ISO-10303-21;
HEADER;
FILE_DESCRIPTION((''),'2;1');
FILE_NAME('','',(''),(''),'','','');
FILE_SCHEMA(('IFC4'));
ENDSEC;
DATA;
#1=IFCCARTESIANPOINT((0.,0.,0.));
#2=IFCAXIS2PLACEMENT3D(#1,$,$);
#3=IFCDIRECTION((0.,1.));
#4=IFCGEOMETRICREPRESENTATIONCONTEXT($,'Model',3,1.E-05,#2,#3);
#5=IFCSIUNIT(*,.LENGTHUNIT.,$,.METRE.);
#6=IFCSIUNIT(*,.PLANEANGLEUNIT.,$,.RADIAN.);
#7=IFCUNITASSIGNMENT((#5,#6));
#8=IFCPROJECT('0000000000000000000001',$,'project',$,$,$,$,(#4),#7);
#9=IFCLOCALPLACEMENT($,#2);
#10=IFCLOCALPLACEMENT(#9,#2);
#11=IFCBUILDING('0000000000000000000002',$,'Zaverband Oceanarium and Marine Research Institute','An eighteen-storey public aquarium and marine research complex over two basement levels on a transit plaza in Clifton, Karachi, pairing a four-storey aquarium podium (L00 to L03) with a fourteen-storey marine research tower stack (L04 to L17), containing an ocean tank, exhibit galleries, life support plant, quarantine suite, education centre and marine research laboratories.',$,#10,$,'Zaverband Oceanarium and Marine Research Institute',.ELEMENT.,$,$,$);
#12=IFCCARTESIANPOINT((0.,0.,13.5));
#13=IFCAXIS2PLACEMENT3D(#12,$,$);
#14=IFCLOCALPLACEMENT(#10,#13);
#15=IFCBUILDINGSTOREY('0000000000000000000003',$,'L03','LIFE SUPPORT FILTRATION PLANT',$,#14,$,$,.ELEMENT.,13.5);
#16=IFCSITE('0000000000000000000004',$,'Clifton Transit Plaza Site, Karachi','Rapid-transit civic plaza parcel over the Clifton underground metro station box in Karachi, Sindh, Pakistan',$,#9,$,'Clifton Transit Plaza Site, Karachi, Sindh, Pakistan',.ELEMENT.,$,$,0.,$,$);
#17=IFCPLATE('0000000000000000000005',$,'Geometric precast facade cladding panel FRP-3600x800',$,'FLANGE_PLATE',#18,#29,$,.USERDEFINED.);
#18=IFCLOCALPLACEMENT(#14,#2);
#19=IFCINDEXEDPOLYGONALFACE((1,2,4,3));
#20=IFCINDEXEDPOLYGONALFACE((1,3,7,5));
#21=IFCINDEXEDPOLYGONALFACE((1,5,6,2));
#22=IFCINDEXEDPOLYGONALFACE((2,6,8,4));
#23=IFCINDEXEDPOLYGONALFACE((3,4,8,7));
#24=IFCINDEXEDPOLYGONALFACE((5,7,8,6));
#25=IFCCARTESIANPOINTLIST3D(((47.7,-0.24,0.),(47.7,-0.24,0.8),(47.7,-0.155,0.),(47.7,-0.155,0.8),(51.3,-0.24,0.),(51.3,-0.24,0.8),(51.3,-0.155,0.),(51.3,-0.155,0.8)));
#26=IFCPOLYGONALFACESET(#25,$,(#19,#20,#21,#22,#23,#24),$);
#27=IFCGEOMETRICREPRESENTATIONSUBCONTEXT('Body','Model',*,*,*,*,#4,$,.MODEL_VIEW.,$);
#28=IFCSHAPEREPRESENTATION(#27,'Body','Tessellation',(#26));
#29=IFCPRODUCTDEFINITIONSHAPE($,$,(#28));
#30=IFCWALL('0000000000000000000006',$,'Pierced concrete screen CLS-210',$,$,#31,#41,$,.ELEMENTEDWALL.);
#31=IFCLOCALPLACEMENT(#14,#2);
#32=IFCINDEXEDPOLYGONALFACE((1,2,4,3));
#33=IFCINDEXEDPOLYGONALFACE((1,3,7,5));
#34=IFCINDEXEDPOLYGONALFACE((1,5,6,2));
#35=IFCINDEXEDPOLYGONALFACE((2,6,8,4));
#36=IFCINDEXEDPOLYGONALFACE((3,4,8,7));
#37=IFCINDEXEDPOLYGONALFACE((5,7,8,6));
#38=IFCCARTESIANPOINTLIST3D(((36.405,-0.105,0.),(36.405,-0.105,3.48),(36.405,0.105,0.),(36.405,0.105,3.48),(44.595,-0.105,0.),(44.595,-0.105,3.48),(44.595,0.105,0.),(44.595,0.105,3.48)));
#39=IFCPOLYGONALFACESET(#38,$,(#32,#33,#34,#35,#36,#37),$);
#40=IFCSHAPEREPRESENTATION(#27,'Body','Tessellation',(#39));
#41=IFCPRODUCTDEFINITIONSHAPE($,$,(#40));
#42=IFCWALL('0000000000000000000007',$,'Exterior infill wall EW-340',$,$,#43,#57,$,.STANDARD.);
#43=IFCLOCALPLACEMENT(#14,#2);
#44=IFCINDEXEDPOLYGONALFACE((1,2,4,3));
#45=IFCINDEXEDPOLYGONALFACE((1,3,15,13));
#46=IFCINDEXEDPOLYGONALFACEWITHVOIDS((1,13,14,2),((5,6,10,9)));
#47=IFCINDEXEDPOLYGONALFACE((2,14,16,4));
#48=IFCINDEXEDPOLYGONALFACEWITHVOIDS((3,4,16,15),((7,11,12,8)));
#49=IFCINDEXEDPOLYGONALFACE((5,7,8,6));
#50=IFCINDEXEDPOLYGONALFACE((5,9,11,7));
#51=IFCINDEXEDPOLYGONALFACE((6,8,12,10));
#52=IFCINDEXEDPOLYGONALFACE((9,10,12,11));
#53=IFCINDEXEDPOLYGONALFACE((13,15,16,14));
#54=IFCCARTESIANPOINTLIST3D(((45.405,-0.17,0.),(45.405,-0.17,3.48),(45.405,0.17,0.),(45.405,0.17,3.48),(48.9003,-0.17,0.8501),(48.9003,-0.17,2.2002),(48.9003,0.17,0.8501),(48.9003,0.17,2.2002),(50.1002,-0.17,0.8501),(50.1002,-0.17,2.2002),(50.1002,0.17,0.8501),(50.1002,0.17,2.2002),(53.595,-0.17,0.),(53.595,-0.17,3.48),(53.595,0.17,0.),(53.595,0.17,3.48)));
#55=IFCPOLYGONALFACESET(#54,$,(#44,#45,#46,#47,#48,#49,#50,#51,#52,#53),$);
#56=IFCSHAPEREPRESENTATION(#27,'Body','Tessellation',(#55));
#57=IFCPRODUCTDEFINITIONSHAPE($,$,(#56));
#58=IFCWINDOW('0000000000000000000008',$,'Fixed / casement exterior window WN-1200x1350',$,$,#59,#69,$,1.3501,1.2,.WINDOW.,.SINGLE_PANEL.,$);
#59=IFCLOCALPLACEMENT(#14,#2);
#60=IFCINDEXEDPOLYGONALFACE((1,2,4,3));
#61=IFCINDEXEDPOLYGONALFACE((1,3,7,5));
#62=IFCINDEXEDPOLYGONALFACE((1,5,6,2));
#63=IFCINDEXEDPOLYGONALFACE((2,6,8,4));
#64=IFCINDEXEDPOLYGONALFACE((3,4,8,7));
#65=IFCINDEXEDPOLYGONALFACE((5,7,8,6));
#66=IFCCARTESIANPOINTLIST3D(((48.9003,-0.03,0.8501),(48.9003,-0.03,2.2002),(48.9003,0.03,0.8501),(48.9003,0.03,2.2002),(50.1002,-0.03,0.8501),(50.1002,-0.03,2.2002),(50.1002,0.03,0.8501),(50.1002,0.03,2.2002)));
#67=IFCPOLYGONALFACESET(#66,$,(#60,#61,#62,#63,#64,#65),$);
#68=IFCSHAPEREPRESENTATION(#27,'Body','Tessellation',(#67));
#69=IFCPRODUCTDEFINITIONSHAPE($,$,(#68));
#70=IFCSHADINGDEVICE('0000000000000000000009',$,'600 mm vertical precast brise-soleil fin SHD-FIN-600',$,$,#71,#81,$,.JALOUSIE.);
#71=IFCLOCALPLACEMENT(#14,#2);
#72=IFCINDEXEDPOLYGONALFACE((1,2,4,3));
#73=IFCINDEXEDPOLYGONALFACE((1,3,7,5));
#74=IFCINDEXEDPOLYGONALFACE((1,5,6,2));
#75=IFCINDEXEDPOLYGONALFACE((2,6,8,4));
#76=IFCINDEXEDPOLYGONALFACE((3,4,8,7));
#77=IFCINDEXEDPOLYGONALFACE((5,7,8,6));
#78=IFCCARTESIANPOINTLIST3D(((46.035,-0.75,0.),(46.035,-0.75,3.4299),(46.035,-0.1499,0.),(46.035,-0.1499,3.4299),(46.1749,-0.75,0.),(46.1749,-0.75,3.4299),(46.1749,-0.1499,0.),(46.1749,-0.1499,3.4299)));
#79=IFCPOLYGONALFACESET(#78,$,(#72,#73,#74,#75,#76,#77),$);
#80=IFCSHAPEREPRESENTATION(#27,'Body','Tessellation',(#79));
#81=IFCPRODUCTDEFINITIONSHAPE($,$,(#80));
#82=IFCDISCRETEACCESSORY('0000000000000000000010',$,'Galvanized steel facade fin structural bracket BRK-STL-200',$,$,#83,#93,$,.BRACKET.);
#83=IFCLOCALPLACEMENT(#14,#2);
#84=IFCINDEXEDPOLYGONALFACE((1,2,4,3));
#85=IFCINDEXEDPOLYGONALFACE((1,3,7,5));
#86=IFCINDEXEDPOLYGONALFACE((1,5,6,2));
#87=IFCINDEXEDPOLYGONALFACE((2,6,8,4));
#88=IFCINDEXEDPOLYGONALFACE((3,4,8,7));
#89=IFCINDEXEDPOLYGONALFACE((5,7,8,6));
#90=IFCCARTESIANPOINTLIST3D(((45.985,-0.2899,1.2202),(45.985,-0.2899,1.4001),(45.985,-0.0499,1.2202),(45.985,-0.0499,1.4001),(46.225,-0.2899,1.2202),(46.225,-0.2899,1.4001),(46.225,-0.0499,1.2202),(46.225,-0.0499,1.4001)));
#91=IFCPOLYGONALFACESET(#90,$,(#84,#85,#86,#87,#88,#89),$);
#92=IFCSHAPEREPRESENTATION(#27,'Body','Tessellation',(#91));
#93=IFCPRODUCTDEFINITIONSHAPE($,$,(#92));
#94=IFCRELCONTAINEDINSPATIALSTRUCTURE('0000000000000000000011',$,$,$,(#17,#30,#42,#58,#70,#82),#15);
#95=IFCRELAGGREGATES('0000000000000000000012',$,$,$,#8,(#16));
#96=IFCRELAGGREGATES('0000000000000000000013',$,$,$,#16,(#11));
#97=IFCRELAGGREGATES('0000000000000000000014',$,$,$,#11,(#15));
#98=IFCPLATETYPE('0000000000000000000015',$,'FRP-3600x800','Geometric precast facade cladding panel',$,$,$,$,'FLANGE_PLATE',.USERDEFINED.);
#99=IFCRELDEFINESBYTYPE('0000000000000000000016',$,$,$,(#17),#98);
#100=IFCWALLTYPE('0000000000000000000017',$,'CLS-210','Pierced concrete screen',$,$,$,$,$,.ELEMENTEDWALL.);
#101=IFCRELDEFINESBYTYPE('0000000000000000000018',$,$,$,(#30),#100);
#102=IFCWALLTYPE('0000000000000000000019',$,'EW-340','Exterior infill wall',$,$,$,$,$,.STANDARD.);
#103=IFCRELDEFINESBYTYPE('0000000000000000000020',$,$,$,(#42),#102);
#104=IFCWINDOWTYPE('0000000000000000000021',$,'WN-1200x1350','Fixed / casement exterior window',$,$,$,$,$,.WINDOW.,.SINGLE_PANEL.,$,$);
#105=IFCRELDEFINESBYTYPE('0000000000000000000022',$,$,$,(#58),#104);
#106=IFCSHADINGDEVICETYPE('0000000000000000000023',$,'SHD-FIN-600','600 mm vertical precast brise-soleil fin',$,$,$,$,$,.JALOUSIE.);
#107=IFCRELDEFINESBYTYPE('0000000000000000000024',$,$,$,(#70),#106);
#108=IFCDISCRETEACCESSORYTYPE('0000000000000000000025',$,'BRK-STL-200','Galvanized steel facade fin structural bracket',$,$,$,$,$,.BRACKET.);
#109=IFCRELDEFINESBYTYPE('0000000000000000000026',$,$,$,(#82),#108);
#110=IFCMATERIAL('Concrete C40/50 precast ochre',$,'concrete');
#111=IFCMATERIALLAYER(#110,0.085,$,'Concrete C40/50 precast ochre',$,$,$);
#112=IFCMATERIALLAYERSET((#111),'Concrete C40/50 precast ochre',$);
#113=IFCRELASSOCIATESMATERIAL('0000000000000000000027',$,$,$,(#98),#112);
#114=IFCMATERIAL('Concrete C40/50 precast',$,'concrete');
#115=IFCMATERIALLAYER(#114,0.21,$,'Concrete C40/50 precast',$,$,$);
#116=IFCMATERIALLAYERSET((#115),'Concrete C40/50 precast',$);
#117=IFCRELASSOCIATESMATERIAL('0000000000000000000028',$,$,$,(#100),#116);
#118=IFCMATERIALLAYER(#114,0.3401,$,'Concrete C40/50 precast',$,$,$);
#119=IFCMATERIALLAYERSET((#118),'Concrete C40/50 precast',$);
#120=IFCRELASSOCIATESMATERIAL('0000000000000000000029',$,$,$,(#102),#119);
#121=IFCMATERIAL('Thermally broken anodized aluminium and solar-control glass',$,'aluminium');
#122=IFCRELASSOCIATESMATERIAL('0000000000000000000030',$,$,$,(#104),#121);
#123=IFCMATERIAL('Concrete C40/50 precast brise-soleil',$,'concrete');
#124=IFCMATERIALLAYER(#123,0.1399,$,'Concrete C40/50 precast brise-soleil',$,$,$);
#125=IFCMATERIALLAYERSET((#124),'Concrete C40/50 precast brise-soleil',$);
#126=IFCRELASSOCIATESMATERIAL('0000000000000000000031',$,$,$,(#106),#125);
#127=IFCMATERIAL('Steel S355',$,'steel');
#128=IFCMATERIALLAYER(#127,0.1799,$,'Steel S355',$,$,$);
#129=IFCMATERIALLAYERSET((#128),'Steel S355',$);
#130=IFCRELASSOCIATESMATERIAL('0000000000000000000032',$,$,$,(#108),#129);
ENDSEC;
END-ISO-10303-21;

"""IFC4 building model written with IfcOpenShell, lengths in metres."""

from ifc_helpers import new_model, si_unit, direction, frame, frame_2d, origin, origin_2d, place, context, subcontext, project, spatial, rectangle, extrude, material, layer, layer_set, type_object, element, fill, save


model = new_model("IFC4")

# Units and contexts
model_context = context("Model", 3, precision=1e-05, world=origin(), true_north=direction((0.0, 1.0)))
body_context = subcontext(model_context, "Body", "Model", "MODEL_VIEW")
ifc_project = project(units=[si_unit("LENGTHUNIT", "METRE"), si_unit("PLANEANGLEUNIT", "RADIAN")], contexts=[model_context])

# Site, building, storey
site_placement = place(None, origin())
site = spatial("IfcSite", under=ifc_project, at=site_placement, Name="Clifton Transit Plaza Site, Karachi", Description="Rapid-transit civic plaza parcel over the Clifton underground metro station box in Karachi, Sindh, Pakistan", LongName="Clifton Transit Plaza Site, Karachi, Sindh, Pakistan", CompositionType="ELEMENT", RefElevation=0.0)
building_placement = place(site_placement, origin())
building = spatial("IfcBuilding", under=site, at=building_placement, Name="Zaverband Oceanarium and Marine Research Institute", Description="An eighteen-storey public aquarium and marine research complex over two basement levels on a transit plaza in Clifton, Karachi, pairing a four-storey aquarium podium (L00 to L03) with a fourteen-storey marine research tower stack (L04 to L17), containing an ocean tank, exhibit galleries, life support plant, quarantine suite, education centre and marine research laboratories.", LongName="Zaverband Oceanarium and Marine Research Institute", CompositionType="ELEMENT")
storey_placement = place(building_placement, frame((0.0, 0.0, 13.5)))
storey = spatial("IfcBuildingStorey", under=building, at=storey_placement, Name="L03", Description="LIFE SUPPORT FILTRATION PLANT", CompositionType="ELEMENT", Elevation=13.5)

# Plate
ifc_material_1 = material(Name="Concrete C40/50 precast ochre", Category="concrete")
ifc_layer_1 = layer(ifc_material_1, 0.085, Name="Concrete C40/50 precast ochre")
ifc_layer_set_1 = layer_set([ifc_layer_1], Name="Concrete C40/50 precast ochre")
plate_type = type_object("IfcPlateType", Name="FRP-3600x800", Description="Geometric precast facade cladding panel", ElementType="FLANGE_PLATE", PredefinedType="USERDEFINED", material=ifc_layer_set_1)
plate_placement = place(storey_placement, frame((47.7, -0.1975, 0.0), z_axis=(0.0, 0.0, 1.0), x_axis=(1.0, 0.0, 0.0)))
element("IfcPlate", 1, at=plate_placement, inside=storey, type_object=plate_type, Name="Geometric precast facade cladding panel FRP-3600x800", ObjectType="FLANGE_PLATE", PredefinedType="USERDEFINED", context=body_context, shape_type="SweptSolid", body=[
    extrude(rectangle(XDim=3.6001, YDim=0.085, at=frame_2d((1.8, 0.0))), origin(), (0.0, 0.0, 1.0), 0.8),
])

# Wall
ifc_material_2 = material(Name="Concrete C40/50 precast", Category="concrete")
ifc_layer_2 = layer(ifc_material_2, 0.21, Name="Concrete C40/50 precast")
ifc_layer_set_2 = layer_set([ifc_layer_2], Name="Concrete C40/50 precast")
wall_type_1 = type_object("IfcWallType", Name="CLS-210", Description="Pierced concrete screen", PredefinedType="ELEMENTEDWALL", material=ifc_layer_set_2)
wall_1_placement = place(storey_placement, frame((36.405, 0.0, 0.0), z_axis=(0.0, 0.0, 1.0), x_axis=(1.0, 0.0, 0.0)))
element("IfcWall", 2, at=wall_1_placement, inside=storey, type_object=wall_type_1, Name="Pierced concrete screen CLS-210", PredefinedType="ELEMENTEDWALL", context=body_context, shape_type="SweptSolid", body=[
    extrude(rectangle(XDim=8.1899, YDim=0.21, at=frame_2d((4.095, 0.0))), origin(), (0.0, 0.0, 1.0), 3.48),
])

# Wall, opening, window
ifc_layer_3 = layer(ifc_material_2, 0.3401, Name="Concrete C40/50 precast")
ifc_layer_set_3 = layer_set([ifc_layer_3], Name="Concrete C40/50 precast")
wall_type_2 = type_object("IfcWallType", Name="EW-340", Description="Exterior infill wall", PredefinedType="STANDARD", material=ifc_layer_set_3)
wall_2_placement = place(storey_placement, frame((45.405, 0.0, 0.0), z_axis=(0.0, 0.0, 1.0), x_axis=(1.0, 0.0, 0.0)))
wall_2 = element("IfcWall", 3, at=wall_2_placement, inside=storey, type_object=wall_type_2, Name="Exterior infill wall EW-340", PredefinedType="STANDARD", context=body_context, shape_type="SweptSolid", body=[
    extrude(rectangle(XDim=8.1899, YDim=0.3401, at=frame_2d((4.095, 0.0))), origin(), (0.0, 0.0, 1.0), 3.48),
])
opening_placement = place(wall_2_placement, frame((3.4951, 0.0, 0.8501)))
opening = element("IfcOpeningElement", 4, at=opening_placement, cuts=wall_2, PredefinedType="OPENING", context=body_context, shape_type="SweptSolid", body=[
    extrude(rectangle(XDim=1.2, YDim=1.3501, at=frame_2d((0.6001, 0.675))), frame((0.0, 0.1821, 0.0), z_axis=(0.0, -1.0, 0.0), x_axis=(1.0, 0.0, 0.0)), (0.0, 0.0, 1.0), 0.364),
])
ifc_material_3 = material(Name="Thermally broken anodized aluminium and solar-control glass", Category="aluminium")
window_type = type_object("IfcWindowType", Name="WN-1200x1350", Description="Fixed / casement exterior window", PartitioningType="SINGLE_PANEL", PredefinedType="WINDOW", material=ifc_material_3)
window_placement = place(opening_placement, origin())
window = element("IfcWindow", 5, at=window_placement, inside=storey, type_object=window_type, Name="Fixed / casement exterior window WN-1200x1350", OverallHeight=1.3501, OverallWidth=1.2, PartitioningType="SINGLE_PANEL", PredefinedType="WINDOW", context=body_context, shape_type="SweptSolid", body=[
    extrude(rectangle(XDim=1.2, YDim=1.3501, at=frame_2d((0.6001, 0.675))), frame((0.0, 0.03, 0.0), z_axis=(0.0, -1.0, 0.0), x_axis=(1.0, 0.0, 0.0)), (0.0, 0.0, 1.0), 0.0601),
])
fill(opening, window)

# Shading device
ifc_material_4 = material(Name="Concrete C40/50 precast brise-soleil", Category="concrete")
ifc_layer_4 = layer(ifc_material_4, 0.1399, Name="Concrete C40/50 precast brise-soleil")
ifc_layer_set_4 = layer_set([ifc_layer_4], Name="Concrete C40/50 precast brise-soleil")
shading_device_type = type_object("IfcShadingDeviceType", Name="SHD-FIN-600", Description="600 mm vertical precast brise-soleil fin", PredefinedType="JALOUSIE", material=ifc_layer_set_4)
shading_device_placement = place(storey_placement, frame((46.105, -0.1499, 0.0), z_axis=(0.0, 0.0, 1.0), x_axis=(0.0, -1.0, 0.0)))
element("IfcShadingDevice", 6, at=shading_device_placement, inside=storey, type_object=shading_device_type, Name="600 mm vertical precast brise-soleil fin SHD-FIN-600", PredefinedType="JALOUSIE", context=body_context, shape_type="SweptSolid", body=[
    extrude(rectangle(XDim=0.6001, YDim=0.1399, at=frame_2d((0.3, 0.0))), origin(), (0.0, 0.0, 1.0), 3.4299),
])

# Discrete accessory
ifc_material_5 = material(Name="Steel S355", Category="steel")
ifc_layer_5 = layer(ifc_material_5, 0.1799, Name="Steel S355")
ifc_layer_set_5 = layer_set([ifc_layer_5], Name="Steel S355")
discrete_accessory_type = type_object("IfcDiscreteAccessoryType", Name="BRK-STL-200", Description="Galvanized steel facade fin structural bracket", PredefinedType="BRACKET", material=ifc_layer_set_5)
discrete_accessory_placement = place(storey_placement, frame((46.105, -0.1699, 1.2202), z_axis=(0.0, 0.0, 1.0), x_axis=(1.0, 0.0, 0.0)))
element("IfcDiscreteAccessory", 7, at=discrete_accessory_placement, inside=storey, type_object=discrete_accessory_type, Name="Galvanized steel facade fin structural bracket BRK-STL-200", PredefinedType="BRACKET", context=body_context, shape_type="SweptSolid", body=[
    extrude(rectangle(XDim=0.24, YDim=0.24, at=origin_2d()), origin(), (0.0, 0.0, 1.0), 0.1799),
])

save(model, "model.ifc")
